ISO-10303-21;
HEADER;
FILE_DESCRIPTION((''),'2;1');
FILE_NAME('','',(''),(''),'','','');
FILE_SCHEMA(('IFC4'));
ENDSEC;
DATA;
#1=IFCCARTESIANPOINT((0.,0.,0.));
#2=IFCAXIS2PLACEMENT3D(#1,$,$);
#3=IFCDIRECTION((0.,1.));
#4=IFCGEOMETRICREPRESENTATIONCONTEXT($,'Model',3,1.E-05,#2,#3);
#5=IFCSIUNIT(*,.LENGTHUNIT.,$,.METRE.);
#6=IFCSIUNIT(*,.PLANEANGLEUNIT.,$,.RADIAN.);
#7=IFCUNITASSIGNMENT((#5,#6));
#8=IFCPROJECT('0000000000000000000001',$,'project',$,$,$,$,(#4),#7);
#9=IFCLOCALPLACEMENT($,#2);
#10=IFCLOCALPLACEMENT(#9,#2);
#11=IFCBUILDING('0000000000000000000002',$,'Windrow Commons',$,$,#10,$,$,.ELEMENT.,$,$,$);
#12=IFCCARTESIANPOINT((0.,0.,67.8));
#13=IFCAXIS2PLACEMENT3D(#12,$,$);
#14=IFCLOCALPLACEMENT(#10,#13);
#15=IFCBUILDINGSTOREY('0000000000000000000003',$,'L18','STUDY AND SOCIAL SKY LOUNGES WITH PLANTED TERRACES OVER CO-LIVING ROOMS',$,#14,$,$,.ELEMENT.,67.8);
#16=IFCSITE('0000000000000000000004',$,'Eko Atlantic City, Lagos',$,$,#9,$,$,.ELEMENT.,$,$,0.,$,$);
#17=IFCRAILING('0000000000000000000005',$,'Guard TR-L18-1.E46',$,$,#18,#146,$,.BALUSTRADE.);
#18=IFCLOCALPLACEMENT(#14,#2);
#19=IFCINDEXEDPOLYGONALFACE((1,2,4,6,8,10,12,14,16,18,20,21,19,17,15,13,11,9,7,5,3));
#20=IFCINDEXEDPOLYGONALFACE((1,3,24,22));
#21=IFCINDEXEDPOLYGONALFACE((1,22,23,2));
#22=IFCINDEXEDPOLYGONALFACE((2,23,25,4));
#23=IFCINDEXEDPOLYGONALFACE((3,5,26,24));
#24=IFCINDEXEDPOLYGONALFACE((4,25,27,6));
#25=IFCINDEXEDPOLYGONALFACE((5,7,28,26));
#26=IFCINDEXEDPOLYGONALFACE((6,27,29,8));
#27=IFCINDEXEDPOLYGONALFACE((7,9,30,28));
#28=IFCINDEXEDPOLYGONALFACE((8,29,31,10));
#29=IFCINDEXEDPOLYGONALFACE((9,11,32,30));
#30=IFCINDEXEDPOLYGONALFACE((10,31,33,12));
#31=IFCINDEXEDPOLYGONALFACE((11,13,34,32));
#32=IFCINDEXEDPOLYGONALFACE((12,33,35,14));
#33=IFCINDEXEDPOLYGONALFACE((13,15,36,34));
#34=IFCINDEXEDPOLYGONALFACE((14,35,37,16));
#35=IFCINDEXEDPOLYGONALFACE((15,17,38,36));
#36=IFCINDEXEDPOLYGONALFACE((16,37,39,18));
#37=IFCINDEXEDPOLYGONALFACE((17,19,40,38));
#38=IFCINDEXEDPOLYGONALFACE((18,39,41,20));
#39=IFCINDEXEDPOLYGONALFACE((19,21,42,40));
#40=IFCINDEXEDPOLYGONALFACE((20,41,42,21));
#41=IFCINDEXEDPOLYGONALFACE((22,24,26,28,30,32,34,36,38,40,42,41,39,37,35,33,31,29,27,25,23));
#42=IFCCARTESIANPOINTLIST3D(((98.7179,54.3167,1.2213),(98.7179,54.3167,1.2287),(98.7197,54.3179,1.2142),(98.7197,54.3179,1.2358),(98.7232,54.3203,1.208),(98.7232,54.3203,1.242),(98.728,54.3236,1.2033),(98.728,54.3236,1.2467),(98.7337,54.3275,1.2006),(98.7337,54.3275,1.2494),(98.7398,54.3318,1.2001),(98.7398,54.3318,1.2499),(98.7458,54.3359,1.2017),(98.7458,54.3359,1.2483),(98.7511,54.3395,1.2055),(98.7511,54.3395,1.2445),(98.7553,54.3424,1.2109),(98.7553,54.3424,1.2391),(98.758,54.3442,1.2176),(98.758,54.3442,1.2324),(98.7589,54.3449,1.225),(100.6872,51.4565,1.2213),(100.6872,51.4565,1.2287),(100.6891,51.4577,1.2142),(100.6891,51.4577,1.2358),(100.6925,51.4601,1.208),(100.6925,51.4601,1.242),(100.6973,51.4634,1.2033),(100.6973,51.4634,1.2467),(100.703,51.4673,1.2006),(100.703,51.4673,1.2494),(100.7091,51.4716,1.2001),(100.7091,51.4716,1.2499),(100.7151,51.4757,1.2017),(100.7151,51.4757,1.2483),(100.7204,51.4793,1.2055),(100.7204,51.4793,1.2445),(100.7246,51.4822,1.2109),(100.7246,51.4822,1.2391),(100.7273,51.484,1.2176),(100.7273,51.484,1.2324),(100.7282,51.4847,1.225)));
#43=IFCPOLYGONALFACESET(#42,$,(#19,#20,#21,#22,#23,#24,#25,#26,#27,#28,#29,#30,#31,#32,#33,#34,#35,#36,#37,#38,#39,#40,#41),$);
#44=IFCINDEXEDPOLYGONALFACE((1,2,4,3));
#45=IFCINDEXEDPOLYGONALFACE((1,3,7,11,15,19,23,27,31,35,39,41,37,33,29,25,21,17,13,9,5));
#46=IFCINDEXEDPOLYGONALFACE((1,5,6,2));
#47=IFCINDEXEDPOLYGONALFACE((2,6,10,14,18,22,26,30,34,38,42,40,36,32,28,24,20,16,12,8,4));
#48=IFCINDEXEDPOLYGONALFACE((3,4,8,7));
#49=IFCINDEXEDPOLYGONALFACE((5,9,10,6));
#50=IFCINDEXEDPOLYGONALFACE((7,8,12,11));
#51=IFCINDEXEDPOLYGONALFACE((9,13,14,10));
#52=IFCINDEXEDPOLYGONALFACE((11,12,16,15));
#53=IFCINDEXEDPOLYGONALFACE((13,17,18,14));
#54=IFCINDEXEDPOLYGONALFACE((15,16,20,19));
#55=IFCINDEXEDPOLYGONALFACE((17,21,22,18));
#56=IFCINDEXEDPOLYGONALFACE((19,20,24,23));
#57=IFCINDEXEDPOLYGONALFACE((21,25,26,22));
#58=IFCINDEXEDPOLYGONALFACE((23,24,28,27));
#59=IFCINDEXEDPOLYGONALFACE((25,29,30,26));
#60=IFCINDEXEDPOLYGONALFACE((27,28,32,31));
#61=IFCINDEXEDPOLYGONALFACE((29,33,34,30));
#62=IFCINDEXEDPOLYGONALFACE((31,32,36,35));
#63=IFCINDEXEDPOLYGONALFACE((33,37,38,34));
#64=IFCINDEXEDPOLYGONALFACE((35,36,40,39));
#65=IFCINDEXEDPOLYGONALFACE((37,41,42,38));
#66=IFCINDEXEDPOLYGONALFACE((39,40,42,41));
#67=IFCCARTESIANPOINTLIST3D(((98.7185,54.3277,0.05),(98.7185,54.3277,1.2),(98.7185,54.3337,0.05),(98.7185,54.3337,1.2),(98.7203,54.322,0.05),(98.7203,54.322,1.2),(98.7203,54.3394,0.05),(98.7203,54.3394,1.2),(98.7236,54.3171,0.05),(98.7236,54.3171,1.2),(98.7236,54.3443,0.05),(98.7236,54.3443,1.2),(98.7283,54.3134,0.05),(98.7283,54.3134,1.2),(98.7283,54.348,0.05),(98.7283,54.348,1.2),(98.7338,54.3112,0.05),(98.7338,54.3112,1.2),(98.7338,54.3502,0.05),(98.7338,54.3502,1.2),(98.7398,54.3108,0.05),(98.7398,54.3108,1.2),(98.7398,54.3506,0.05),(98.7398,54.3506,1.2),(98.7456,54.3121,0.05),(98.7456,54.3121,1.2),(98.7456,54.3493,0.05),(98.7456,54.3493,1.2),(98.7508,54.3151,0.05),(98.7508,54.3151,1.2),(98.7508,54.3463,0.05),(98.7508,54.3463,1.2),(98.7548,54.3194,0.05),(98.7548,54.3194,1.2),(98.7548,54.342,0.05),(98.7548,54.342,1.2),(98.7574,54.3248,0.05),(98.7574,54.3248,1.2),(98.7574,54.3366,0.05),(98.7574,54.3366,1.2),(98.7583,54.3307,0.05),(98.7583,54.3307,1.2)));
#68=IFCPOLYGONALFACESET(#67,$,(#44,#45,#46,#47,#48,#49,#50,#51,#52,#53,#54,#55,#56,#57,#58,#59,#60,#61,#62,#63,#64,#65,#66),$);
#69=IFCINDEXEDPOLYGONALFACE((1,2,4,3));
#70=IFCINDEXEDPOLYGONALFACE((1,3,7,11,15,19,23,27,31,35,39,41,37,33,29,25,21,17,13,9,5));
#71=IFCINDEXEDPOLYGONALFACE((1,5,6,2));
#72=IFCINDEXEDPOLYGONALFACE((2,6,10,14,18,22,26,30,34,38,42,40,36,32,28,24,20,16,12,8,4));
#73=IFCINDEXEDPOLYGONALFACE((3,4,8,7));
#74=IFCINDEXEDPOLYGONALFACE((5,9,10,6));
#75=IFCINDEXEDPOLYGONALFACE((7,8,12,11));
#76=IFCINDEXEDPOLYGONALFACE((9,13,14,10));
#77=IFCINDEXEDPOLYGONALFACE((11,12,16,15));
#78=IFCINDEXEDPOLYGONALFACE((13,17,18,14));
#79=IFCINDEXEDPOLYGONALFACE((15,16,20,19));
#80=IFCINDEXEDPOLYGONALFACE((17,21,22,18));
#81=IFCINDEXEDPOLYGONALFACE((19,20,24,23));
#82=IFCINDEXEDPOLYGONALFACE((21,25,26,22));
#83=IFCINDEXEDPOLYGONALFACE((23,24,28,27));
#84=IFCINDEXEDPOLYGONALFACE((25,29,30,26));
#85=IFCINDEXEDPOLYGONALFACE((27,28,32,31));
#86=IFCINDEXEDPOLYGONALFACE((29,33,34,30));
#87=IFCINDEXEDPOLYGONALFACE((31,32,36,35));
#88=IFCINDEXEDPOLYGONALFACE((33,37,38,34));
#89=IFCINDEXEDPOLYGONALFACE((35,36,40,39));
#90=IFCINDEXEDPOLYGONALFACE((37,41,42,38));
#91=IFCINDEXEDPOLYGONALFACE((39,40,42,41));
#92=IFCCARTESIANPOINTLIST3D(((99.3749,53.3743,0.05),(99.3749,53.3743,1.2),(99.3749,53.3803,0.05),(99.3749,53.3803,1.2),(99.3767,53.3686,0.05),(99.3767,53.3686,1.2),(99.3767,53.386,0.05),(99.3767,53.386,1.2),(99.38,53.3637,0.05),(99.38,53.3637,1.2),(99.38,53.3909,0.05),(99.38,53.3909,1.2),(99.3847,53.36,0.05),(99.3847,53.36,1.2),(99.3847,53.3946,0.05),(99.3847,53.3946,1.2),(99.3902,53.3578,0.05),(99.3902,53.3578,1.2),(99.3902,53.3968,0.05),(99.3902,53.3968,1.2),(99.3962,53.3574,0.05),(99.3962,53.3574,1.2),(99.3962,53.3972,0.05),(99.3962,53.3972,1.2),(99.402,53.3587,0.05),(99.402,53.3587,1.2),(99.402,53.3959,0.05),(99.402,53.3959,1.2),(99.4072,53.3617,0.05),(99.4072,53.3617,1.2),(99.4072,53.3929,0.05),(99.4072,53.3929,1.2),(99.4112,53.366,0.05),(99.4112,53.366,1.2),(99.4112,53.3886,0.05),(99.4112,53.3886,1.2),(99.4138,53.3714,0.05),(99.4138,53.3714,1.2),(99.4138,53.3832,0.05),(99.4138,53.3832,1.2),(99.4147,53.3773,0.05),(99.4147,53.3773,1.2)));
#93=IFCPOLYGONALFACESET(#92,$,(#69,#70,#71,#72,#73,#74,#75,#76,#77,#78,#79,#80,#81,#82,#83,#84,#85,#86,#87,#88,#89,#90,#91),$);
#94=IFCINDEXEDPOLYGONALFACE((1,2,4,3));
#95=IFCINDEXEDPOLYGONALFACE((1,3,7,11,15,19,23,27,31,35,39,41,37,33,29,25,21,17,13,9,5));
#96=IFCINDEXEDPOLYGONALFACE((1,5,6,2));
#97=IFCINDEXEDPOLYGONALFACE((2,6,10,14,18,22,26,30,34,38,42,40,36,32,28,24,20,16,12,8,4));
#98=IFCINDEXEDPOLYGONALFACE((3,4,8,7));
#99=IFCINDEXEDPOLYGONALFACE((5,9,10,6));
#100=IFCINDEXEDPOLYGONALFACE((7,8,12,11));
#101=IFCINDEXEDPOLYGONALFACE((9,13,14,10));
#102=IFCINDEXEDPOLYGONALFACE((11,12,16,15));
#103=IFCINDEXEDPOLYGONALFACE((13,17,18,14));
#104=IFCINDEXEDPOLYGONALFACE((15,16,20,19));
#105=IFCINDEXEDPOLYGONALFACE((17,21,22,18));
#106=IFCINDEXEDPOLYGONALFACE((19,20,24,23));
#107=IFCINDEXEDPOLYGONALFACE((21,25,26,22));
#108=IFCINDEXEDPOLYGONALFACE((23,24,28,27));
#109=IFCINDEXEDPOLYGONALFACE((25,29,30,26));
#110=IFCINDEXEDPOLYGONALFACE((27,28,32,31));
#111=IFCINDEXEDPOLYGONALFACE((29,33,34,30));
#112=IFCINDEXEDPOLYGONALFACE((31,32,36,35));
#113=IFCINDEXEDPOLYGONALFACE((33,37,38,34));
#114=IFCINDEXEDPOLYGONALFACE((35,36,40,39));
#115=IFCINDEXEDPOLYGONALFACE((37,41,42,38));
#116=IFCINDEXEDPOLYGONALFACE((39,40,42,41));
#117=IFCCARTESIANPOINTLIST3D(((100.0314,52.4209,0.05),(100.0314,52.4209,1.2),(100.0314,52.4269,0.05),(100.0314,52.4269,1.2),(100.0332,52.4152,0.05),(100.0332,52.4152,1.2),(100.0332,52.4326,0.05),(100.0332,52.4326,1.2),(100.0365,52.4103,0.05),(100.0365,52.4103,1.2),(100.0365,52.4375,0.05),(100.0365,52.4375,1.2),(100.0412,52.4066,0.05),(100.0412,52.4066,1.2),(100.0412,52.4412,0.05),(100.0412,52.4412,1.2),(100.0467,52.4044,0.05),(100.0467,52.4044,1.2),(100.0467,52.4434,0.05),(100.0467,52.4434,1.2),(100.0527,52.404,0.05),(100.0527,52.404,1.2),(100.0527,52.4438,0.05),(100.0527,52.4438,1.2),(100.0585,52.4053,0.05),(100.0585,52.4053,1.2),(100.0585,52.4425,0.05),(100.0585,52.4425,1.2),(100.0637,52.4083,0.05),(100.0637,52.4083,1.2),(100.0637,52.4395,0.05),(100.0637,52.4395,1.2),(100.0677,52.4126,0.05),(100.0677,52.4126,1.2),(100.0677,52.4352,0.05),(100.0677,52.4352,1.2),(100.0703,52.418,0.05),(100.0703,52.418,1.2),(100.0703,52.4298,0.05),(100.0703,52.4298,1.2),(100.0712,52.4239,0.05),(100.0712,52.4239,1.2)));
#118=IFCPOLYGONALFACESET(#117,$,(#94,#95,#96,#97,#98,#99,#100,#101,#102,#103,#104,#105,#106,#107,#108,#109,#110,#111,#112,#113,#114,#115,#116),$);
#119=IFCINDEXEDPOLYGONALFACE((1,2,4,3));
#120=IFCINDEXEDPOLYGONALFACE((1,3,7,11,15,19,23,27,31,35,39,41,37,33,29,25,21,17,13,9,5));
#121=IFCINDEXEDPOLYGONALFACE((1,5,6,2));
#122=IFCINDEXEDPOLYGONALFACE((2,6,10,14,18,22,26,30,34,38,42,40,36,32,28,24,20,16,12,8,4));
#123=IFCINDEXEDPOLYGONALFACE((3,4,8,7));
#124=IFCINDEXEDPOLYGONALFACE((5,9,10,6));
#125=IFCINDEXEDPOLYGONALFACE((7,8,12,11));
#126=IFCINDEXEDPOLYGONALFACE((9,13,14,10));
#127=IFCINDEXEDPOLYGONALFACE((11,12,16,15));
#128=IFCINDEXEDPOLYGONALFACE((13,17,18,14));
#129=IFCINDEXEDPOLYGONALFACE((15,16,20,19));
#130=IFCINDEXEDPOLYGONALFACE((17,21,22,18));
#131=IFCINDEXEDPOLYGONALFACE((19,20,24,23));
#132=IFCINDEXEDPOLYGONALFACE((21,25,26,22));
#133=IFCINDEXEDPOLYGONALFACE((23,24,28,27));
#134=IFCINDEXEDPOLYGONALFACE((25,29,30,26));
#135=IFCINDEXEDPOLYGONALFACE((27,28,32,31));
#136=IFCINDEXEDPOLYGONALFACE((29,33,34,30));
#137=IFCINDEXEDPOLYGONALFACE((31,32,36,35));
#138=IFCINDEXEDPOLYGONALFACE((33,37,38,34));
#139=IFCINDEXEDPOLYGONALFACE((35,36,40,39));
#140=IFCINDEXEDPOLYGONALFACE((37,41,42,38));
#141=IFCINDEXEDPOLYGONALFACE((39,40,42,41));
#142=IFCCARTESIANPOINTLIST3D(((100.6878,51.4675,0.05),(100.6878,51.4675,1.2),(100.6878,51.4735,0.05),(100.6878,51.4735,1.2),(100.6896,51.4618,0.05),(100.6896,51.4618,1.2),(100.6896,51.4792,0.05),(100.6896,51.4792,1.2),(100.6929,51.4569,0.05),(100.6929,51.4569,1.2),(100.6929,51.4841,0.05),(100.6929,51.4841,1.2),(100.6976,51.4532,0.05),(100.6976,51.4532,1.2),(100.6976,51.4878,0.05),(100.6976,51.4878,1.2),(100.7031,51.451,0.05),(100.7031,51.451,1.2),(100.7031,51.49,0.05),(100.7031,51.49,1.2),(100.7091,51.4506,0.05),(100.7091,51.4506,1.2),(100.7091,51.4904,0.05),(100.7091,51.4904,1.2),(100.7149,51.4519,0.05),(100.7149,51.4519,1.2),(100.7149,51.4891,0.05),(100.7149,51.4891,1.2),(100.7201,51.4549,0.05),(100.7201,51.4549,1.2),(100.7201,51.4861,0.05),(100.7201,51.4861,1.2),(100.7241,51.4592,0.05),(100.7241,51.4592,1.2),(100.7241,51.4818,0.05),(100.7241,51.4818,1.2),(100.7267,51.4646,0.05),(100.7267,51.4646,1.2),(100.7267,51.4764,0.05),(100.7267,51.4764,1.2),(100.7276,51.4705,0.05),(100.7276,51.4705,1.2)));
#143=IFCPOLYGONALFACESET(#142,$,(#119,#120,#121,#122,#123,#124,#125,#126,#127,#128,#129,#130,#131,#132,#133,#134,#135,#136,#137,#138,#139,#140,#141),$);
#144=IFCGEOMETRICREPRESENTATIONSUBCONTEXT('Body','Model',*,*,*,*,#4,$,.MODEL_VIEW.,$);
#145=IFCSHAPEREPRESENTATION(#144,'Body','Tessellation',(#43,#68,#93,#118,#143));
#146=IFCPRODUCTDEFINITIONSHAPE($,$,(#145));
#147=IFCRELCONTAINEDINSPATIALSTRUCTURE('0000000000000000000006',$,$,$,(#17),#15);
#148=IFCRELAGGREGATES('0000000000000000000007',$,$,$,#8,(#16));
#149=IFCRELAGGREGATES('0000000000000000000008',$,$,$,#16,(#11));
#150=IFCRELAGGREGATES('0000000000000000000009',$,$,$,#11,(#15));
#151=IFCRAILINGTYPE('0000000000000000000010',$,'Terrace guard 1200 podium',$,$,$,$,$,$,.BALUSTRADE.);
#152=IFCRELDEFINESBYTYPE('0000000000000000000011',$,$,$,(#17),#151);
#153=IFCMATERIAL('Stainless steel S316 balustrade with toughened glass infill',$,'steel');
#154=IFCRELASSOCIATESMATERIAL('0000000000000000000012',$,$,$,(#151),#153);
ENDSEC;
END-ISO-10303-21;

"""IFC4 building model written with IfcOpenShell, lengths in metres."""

from ifc_helpers import new_model, si_unit, direction, frame, origin, origin_2d, place, context, subcontext, project, spatial, circle, extrude, material, type_object, element, save


model = new_model("IFC4")

# Units and contexts
model_context = context("Model", 3, precision=1e-05, world=origin(), true_north=direction((0.0, 1.0)))
body_context = subcontext(model_context, "Body", "Model", "MODEL_VIEW")
ifc_project = project(units=[si_unit("LENGTHUNIT", "METRE"), si_unit("PLANEANGLEUNIT", "RADIAN")], contexts=[model_context])

# Site, building, storey
site_placement = place(None, origin())
site = spatial("IfcSite", under=ifc_project, at=site_placement, Name="Eko Atlantic City, Lagos", CompositionType="ELEMENT", RefElevation=0.0)
building_placement = place(site_placement, origin())
building = spatial("IfcBuilding", under=site, at=building_placement, Name="Windrow Commons", CompositionType="ELEMENT")
storey_placement = place(building_placement, frame((0.0, 0.0, 67.8)))
storey = spatial("IfcBuildingStorey", under=building, at=storey_placement, Name="L18", Description="STUDY AND SOCIAL SKY LOUNGES WITH PLANTED TERRACES OVER CO-LIVING ROOMS", CompositionType="ELEMENT", Elevation=67.8)

# Railing
ifc_material_1 = material(Name="Stainless steel S316 balustrade with toughened glass infill", Category="steel")
railing_type_1 = type_object("IfcRailingType", Name="Terrace guard 1200 podium", PredefinedType="BALUSTRADE", material=ifc_material_1)
railing_1_placement = place(storey_placement, frame((98.7383, 54.3307, 0.05)))
element("IfcRailing", 1, at=railing_1_placement, inside=storey, type_object=railing_type_1, Name="Guard TR-L18-1.E46", PredefinedType="BALUSTRADE", context=body_context, shape_type="SweptSolid", body=[
    extrude(circle(Radius=0.025, at=origin_2d()), frame((0.0, 0.0, 1.175), z_axis=(0.567098, -0.82365, 0.0), x_axis=(0.82365, 0.567098, 0.0)), (0.0, 0.0, 1.0), 3.4726),
    extrude(circle(Radius=0.02, at=origin_2d()), origin(), (0.0, 0.0, 1.0), 1.15),
    extrude(circle(Radius=0.02, at=origin_2d()), frame((0.6564, -0.9534, 0.0)), (0.0, 0.0, 1.0), 1.15),
    extrude(circle(Radius=0.02, at=origin_2d()), frame((1.3129, -1.9068, 0.0)), (0.0, 0.0, 1.0), 1.15),
    extrude(circle(Radius=0.02, at=origin_2d()), frame((1.9693, -2.8602, 0.0)), (0.0, 0.0, 1.0), 1.15),
])

save(model, "model.ifc")
